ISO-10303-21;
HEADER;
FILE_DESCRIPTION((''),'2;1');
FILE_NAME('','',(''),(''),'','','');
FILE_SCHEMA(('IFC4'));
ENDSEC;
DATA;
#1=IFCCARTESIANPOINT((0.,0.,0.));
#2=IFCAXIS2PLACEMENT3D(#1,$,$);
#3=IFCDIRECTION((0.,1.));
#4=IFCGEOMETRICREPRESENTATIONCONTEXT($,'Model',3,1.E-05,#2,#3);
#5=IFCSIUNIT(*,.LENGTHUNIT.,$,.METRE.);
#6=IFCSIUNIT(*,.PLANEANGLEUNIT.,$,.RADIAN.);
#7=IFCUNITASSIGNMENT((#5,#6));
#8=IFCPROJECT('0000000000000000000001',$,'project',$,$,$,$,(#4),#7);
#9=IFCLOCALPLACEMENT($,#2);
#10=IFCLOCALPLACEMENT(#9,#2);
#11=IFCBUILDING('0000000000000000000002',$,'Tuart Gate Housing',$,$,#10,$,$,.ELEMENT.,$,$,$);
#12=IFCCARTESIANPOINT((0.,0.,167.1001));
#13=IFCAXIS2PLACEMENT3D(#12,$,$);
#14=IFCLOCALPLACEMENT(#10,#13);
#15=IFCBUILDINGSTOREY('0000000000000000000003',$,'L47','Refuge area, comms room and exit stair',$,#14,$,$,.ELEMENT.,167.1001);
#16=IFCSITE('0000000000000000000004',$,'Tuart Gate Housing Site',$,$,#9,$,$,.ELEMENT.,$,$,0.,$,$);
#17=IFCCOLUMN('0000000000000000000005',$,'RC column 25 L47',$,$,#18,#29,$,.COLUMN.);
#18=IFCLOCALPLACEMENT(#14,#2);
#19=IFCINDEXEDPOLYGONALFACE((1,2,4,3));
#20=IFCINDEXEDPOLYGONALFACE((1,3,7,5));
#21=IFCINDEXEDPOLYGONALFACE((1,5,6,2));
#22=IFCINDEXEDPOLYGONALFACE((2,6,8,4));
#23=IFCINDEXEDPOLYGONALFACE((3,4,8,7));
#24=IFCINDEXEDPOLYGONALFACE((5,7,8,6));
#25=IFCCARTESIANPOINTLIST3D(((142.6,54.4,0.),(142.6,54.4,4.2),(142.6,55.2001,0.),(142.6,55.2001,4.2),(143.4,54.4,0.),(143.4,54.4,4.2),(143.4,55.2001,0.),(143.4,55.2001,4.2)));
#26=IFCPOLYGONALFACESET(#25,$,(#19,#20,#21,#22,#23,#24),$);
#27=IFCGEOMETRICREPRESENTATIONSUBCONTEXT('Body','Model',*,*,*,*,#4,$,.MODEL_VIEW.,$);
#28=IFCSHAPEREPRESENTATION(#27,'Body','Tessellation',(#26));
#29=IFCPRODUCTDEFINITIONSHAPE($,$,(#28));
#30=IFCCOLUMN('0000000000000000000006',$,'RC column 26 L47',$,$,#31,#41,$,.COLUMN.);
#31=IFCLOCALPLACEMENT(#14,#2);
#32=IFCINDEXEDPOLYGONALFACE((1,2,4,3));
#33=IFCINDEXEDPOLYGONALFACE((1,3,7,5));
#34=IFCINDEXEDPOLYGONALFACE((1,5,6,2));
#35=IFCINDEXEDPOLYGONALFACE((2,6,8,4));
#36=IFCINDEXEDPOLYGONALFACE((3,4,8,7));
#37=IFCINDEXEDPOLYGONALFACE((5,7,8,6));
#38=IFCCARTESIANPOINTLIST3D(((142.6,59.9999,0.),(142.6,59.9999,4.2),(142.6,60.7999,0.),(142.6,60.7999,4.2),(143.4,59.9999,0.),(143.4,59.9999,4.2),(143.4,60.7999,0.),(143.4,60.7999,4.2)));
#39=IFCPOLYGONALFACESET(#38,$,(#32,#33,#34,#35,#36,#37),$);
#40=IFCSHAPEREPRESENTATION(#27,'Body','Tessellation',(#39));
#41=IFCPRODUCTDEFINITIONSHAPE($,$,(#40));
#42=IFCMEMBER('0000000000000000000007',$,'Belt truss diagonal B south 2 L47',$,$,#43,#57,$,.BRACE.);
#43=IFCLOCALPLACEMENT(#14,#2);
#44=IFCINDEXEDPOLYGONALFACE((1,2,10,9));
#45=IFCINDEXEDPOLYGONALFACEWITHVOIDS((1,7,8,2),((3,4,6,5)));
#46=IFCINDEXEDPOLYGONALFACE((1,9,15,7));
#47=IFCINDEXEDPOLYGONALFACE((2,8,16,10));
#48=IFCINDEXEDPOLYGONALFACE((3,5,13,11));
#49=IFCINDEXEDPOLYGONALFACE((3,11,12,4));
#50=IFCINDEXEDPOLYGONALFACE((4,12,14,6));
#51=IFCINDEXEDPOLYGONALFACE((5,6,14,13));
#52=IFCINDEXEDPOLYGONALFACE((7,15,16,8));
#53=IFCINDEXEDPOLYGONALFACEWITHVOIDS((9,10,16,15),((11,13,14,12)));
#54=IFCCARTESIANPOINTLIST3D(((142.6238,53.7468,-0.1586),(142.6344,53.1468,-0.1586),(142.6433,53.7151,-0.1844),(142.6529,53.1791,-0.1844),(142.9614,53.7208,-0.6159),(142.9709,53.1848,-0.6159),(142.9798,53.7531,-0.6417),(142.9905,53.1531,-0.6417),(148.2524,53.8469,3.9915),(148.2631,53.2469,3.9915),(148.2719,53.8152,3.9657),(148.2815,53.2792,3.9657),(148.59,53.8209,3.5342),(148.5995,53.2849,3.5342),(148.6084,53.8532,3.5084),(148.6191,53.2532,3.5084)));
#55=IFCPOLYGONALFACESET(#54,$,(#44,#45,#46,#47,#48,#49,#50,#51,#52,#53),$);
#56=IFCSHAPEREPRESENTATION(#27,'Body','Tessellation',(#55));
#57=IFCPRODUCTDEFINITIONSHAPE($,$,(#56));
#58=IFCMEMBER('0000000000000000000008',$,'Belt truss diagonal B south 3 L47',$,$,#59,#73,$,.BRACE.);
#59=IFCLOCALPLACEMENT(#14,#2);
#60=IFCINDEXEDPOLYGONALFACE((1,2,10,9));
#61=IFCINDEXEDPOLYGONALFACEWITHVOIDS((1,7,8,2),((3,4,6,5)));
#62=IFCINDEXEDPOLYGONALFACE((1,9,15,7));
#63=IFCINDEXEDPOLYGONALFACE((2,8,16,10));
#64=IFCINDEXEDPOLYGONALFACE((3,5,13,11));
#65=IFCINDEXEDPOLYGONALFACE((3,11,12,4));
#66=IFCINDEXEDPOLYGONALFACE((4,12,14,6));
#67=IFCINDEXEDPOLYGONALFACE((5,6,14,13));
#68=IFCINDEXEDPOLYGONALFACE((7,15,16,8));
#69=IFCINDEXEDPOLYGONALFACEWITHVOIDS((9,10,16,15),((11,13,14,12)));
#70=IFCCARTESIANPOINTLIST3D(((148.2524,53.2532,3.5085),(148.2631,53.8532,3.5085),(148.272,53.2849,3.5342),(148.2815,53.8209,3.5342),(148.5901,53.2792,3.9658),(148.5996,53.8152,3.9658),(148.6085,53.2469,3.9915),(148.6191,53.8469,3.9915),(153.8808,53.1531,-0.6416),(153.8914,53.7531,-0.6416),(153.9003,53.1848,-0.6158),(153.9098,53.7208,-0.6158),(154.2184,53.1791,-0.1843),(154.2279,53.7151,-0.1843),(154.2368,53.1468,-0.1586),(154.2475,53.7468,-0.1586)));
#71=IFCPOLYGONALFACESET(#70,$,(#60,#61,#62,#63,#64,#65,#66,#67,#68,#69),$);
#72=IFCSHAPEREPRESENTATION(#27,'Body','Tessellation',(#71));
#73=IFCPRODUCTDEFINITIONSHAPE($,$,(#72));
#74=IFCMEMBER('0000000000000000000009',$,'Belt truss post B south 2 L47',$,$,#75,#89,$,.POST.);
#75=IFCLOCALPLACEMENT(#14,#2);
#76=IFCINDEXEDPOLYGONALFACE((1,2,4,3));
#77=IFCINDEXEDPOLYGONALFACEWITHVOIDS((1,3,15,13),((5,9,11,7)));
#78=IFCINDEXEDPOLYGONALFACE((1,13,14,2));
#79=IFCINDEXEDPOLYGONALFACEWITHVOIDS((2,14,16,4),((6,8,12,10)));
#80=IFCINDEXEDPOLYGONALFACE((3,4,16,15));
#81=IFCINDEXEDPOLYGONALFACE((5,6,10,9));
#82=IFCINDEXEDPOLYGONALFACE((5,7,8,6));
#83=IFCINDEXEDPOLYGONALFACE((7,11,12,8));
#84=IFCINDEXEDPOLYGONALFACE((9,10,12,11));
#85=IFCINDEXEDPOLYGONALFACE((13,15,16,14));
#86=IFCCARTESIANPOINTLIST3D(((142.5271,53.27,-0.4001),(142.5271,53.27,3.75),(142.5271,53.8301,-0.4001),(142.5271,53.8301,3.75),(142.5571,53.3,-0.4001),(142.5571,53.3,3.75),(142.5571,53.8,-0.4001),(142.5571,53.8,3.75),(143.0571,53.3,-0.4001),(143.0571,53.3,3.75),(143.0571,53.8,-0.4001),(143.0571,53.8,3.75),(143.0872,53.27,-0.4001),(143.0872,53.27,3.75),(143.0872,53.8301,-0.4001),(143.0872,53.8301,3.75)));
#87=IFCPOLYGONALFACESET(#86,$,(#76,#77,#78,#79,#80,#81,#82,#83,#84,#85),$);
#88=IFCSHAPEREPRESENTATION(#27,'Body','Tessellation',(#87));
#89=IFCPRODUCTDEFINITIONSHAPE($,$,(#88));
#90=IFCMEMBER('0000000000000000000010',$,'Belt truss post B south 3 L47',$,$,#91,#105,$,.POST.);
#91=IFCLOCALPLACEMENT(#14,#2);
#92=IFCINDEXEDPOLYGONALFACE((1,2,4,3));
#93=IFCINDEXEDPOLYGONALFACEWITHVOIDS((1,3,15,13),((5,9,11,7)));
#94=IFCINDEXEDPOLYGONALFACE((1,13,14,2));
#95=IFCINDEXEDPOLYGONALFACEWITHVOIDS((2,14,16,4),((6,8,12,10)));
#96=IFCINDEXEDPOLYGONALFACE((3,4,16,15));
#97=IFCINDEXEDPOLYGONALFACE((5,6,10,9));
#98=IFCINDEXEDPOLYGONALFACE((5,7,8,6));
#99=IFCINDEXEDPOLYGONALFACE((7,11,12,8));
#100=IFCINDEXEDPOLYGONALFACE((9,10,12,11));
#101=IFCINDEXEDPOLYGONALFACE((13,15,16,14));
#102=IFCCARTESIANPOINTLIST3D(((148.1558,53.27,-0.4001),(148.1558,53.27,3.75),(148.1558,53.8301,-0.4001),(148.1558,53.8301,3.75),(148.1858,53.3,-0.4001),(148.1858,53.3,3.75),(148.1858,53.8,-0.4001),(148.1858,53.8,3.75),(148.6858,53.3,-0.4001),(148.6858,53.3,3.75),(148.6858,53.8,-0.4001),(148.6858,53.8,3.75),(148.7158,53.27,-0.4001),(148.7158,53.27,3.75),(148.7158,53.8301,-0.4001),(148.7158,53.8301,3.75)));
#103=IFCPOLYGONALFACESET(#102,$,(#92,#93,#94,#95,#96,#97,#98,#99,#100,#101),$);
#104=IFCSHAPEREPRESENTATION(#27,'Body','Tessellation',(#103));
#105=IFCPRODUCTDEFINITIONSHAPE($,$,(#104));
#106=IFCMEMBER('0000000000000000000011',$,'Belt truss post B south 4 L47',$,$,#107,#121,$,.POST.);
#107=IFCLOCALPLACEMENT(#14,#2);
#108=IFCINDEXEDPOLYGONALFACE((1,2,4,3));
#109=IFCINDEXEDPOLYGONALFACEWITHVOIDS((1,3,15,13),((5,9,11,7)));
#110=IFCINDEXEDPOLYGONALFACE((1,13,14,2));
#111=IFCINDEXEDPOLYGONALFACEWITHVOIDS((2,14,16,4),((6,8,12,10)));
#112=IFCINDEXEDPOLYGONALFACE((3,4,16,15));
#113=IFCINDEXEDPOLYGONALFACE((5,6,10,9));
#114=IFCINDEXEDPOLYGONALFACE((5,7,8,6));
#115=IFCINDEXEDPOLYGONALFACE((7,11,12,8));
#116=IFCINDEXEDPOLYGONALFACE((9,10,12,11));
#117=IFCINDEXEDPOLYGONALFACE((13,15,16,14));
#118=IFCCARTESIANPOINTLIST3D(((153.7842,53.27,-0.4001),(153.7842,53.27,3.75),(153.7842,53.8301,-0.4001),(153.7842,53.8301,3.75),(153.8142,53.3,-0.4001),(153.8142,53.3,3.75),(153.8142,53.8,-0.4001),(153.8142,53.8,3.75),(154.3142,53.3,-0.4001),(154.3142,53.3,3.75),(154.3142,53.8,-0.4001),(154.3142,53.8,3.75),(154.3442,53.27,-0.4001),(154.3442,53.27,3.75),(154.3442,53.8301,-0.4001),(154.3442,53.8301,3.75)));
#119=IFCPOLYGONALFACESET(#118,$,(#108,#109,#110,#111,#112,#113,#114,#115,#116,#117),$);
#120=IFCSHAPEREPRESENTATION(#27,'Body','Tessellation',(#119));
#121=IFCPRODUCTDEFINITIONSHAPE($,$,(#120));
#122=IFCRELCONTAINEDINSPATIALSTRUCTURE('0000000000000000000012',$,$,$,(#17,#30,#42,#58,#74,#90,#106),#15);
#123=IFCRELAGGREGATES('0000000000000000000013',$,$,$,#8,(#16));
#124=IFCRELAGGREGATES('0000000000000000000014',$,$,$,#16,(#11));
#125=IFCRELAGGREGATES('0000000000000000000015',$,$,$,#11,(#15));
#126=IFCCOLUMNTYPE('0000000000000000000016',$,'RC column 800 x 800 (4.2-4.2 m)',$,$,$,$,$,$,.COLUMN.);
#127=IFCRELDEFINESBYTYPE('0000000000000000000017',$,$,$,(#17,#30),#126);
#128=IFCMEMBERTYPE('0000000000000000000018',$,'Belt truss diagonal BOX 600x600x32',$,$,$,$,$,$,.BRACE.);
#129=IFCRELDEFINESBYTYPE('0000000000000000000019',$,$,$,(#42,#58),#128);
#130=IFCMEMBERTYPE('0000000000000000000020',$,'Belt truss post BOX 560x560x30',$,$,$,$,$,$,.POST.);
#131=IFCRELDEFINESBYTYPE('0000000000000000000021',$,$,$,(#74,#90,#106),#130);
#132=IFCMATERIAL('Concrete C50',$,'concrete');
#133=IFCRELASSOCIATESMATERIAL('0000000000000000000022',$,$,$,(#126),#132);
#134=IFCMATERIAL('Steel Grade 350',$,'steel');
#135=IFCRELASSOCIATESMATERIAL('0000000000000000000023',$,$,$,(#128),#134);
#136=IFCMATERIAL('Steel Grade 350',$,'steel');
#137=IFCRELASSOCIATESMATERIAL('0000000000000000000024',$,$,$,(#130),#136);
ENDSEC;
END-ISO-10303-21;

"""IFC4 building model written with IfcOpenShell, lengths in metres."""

from ifc_helpers import new_model, si_unit, direction, frame, origin, origin_2d, place, context, subcontext, project, spatial, rectangle, hollow_rectangle, extrude, material, material_profile, profile_set, type_object, element, save


model = new_model("IFC4")

# Units and contexts
model_context = context("Model", 3, precision=1e-05, world=origin(), true_north=direction((0.0, 1.0)))
body_context = subcontext(model_context, "Body", "Model", "MODEL_VIEW")
ifc_project = project(units=[si_unit("LENGTHUNIT", "METRE"), si_unit("PLANEANGLEUNIT", "RADIAN")], contexts=[model_context])

# Site, building, storey
site_placement = place(None, origin())
site = spatial("IfcSite", under=ifc_project, at=site_placement, Name="Tuart Gate Housing Site", CompositionType="ELEMENT", RefElevation=0.0)
building_placement = place(site_placement, origin())
building = spatial("IfcBuilding", under=site, at=building_placement, Name="Tuart Gate Housing", CompositionType="ELEMENT")
storey_placement = place(building_placement, frame((0.0, 0.0, 167.1001)))
storey = spatial("IfcBuildingStorey", under=building, at=storey_placement, Name="L47", Description="Refuge area, comms room and exit stair", CompositionType="ELEMENT", Elevation=167.1001)

# Columns
ifc_material_1 = material(Name="Concrete C50", Category="concrete")
ifc_material_profile_1 = material_profile(ifc_material_1, rectangle(XDim=0.8, YDim=0.8, at=origin_2d()), Name="RC column 800 x 800 (4.2-4.2 m)")
ifc_profile_set_1 = profile_set([ifc_material_profile_1], Name="Concrete C50")
column_type = type_object("IfcColumnType", Name="RC column 800 x 800 (4.2-4.2 m)", PredefinedType="COLUMN", material=ifc_profile_set_1)
for number, where, z_axis, x_axis, name in (
    (1, (143.0, 54.8, 0.0), (0.0, 0.0, 1.0), (1.0, 0.0, 0.0), "RC column 25 L47"),
    (2, (143.0, 60.3999, 0.0), (0.0, 0.0, 1.0), (1.0, 0.0, 0.0), "RC column 26 L47"),
):
    element("IfcColumn", number, at=place(storey_placement, frame(where, z_axis=z_axis, x_axis=x_axis)), inside=storey, type_object=column_type, Name=name, PredefinedType="COLUMN", context=body_context, shape_type="SweptSolid", body=[
        extrude(rectangle(XDim=0.8, YDim=0.8, at=origin_2d()), origin(), (0.0, 0.0, 1.0), 4.2),
    ])

# Members
ifc_material_2 = material(Name="Steel Grade 350", Category="steel")
ifc_material_profile_2 = material_profile(ifc_material_2, hollow_rectangle(XDim=0.6001, YDim=0.6001, WallThickness=0.032, at=origin_2d()), Name="BOX 600x600x32")
ifc_profile_set_2 = profile_set([ifc_material_profile_2], Name="Steel Grade 350")
member_type_1 = type_object("IfcMemberType", Name="Belt truss diagonal BOX 600x600x32", PredefinedType="BRACE", material=ifc_profile_set_2)
member_1_placement = place(storey_placement, frame((142.8071, 53.45, -0.4001), z_axis=(0.804788, 0.014312, 0.593389), x_axis=(-0.017781, 0.999842, 0.0)))
element("IfcMember", 3, at=member_1_placement, inside=storey, type_object=member_type_1, Name="Belt truss diagonal B south 2 L47", PredefinedType="BRACE", context=body_context, shape_type="SweptSolid", body=[
    extrude(hollow_rectangle(XDim=0.6001, YDim=0.6001, WallThickness=0.032, at=origin_2d()), origin(), (0.0, 0.0, 1.0), 6.9939),
])
member_2_placement = place(storey_placement, frame((148.4358, 53.55, 3.75), z_axis=(0.804776, -0.014312, -0.593406), x_axis=(0.017782, 0.999842, 0.0)))
element("IfcMember", 4, at=member_2_placement, inside=storey, type_object=member_type_1, Name="Belt truss diagonal B south 3 L47", PredefinedType="BRACE", context=body_context, shape_type="SweptSolid", body=[
    extrude(hollow_rectangle(XDim=0.6001, YDim=0.6001, WallThickness=0.032, at=origin_2d()), origin(), (0.0, 0.0, 1.0), 6.9937),
])
ifc_material_3 = material(Name="Steel Grade 350", Category="steel")
ifc_material_profile_3 = material_profile(ifc_material_3, hollow_rectangle(XDim=0.5601, YDim=0.5601, WallThickness=0.03, at=origin_2d()), Name="BOX 560x560x30")
ifc_profile_set_3 = profile_set([ifc_material_profile_3], Name="Steel Grade 350")
member_type_2 = type_object("IfcMemberType", Name="Belt truss post BOX 560x560x30", PredefinedType="POST", material=ifc_profile_set_3)
for number, where, z_axis, x_axis, name in (
    (5, (142.8071, 53.55, -0.4001), (0.0, 0.0, 1.0), (1.0, 0.0, 0.0), "Belt truss post B south 2 L47"),
    (6, (148.4358, 53.55, -0.4001), (0.0, 0.0, 1.0), (1.0, 0.0, 0.0), "Belt truss post B south 3 L47"),
    (7, (154.0642, 53.55, -0.4001), (0.0, 0.0, 1.0), (1.0, 0.0, 0.0), "Belt truss post B south 4 L47"),
):
    element("IfcMember", number, at=place(storey_placement, frame(where, z_axis=z_axis, x_axis=x_axis)), inside=storey, type_object=member_type_2, Name=name, PredefinedType="POST", context=body_context, shape_type="SweptSolid", body=[
        extrude(hollow_rectangle(XDim=0.5601, YDim=0.5601, WallThickness=0.03, at=origin_2d()), origin(), (0.0, 0.0, 1.0), 4.1501),
    ])

save(model, "model.ifc")
